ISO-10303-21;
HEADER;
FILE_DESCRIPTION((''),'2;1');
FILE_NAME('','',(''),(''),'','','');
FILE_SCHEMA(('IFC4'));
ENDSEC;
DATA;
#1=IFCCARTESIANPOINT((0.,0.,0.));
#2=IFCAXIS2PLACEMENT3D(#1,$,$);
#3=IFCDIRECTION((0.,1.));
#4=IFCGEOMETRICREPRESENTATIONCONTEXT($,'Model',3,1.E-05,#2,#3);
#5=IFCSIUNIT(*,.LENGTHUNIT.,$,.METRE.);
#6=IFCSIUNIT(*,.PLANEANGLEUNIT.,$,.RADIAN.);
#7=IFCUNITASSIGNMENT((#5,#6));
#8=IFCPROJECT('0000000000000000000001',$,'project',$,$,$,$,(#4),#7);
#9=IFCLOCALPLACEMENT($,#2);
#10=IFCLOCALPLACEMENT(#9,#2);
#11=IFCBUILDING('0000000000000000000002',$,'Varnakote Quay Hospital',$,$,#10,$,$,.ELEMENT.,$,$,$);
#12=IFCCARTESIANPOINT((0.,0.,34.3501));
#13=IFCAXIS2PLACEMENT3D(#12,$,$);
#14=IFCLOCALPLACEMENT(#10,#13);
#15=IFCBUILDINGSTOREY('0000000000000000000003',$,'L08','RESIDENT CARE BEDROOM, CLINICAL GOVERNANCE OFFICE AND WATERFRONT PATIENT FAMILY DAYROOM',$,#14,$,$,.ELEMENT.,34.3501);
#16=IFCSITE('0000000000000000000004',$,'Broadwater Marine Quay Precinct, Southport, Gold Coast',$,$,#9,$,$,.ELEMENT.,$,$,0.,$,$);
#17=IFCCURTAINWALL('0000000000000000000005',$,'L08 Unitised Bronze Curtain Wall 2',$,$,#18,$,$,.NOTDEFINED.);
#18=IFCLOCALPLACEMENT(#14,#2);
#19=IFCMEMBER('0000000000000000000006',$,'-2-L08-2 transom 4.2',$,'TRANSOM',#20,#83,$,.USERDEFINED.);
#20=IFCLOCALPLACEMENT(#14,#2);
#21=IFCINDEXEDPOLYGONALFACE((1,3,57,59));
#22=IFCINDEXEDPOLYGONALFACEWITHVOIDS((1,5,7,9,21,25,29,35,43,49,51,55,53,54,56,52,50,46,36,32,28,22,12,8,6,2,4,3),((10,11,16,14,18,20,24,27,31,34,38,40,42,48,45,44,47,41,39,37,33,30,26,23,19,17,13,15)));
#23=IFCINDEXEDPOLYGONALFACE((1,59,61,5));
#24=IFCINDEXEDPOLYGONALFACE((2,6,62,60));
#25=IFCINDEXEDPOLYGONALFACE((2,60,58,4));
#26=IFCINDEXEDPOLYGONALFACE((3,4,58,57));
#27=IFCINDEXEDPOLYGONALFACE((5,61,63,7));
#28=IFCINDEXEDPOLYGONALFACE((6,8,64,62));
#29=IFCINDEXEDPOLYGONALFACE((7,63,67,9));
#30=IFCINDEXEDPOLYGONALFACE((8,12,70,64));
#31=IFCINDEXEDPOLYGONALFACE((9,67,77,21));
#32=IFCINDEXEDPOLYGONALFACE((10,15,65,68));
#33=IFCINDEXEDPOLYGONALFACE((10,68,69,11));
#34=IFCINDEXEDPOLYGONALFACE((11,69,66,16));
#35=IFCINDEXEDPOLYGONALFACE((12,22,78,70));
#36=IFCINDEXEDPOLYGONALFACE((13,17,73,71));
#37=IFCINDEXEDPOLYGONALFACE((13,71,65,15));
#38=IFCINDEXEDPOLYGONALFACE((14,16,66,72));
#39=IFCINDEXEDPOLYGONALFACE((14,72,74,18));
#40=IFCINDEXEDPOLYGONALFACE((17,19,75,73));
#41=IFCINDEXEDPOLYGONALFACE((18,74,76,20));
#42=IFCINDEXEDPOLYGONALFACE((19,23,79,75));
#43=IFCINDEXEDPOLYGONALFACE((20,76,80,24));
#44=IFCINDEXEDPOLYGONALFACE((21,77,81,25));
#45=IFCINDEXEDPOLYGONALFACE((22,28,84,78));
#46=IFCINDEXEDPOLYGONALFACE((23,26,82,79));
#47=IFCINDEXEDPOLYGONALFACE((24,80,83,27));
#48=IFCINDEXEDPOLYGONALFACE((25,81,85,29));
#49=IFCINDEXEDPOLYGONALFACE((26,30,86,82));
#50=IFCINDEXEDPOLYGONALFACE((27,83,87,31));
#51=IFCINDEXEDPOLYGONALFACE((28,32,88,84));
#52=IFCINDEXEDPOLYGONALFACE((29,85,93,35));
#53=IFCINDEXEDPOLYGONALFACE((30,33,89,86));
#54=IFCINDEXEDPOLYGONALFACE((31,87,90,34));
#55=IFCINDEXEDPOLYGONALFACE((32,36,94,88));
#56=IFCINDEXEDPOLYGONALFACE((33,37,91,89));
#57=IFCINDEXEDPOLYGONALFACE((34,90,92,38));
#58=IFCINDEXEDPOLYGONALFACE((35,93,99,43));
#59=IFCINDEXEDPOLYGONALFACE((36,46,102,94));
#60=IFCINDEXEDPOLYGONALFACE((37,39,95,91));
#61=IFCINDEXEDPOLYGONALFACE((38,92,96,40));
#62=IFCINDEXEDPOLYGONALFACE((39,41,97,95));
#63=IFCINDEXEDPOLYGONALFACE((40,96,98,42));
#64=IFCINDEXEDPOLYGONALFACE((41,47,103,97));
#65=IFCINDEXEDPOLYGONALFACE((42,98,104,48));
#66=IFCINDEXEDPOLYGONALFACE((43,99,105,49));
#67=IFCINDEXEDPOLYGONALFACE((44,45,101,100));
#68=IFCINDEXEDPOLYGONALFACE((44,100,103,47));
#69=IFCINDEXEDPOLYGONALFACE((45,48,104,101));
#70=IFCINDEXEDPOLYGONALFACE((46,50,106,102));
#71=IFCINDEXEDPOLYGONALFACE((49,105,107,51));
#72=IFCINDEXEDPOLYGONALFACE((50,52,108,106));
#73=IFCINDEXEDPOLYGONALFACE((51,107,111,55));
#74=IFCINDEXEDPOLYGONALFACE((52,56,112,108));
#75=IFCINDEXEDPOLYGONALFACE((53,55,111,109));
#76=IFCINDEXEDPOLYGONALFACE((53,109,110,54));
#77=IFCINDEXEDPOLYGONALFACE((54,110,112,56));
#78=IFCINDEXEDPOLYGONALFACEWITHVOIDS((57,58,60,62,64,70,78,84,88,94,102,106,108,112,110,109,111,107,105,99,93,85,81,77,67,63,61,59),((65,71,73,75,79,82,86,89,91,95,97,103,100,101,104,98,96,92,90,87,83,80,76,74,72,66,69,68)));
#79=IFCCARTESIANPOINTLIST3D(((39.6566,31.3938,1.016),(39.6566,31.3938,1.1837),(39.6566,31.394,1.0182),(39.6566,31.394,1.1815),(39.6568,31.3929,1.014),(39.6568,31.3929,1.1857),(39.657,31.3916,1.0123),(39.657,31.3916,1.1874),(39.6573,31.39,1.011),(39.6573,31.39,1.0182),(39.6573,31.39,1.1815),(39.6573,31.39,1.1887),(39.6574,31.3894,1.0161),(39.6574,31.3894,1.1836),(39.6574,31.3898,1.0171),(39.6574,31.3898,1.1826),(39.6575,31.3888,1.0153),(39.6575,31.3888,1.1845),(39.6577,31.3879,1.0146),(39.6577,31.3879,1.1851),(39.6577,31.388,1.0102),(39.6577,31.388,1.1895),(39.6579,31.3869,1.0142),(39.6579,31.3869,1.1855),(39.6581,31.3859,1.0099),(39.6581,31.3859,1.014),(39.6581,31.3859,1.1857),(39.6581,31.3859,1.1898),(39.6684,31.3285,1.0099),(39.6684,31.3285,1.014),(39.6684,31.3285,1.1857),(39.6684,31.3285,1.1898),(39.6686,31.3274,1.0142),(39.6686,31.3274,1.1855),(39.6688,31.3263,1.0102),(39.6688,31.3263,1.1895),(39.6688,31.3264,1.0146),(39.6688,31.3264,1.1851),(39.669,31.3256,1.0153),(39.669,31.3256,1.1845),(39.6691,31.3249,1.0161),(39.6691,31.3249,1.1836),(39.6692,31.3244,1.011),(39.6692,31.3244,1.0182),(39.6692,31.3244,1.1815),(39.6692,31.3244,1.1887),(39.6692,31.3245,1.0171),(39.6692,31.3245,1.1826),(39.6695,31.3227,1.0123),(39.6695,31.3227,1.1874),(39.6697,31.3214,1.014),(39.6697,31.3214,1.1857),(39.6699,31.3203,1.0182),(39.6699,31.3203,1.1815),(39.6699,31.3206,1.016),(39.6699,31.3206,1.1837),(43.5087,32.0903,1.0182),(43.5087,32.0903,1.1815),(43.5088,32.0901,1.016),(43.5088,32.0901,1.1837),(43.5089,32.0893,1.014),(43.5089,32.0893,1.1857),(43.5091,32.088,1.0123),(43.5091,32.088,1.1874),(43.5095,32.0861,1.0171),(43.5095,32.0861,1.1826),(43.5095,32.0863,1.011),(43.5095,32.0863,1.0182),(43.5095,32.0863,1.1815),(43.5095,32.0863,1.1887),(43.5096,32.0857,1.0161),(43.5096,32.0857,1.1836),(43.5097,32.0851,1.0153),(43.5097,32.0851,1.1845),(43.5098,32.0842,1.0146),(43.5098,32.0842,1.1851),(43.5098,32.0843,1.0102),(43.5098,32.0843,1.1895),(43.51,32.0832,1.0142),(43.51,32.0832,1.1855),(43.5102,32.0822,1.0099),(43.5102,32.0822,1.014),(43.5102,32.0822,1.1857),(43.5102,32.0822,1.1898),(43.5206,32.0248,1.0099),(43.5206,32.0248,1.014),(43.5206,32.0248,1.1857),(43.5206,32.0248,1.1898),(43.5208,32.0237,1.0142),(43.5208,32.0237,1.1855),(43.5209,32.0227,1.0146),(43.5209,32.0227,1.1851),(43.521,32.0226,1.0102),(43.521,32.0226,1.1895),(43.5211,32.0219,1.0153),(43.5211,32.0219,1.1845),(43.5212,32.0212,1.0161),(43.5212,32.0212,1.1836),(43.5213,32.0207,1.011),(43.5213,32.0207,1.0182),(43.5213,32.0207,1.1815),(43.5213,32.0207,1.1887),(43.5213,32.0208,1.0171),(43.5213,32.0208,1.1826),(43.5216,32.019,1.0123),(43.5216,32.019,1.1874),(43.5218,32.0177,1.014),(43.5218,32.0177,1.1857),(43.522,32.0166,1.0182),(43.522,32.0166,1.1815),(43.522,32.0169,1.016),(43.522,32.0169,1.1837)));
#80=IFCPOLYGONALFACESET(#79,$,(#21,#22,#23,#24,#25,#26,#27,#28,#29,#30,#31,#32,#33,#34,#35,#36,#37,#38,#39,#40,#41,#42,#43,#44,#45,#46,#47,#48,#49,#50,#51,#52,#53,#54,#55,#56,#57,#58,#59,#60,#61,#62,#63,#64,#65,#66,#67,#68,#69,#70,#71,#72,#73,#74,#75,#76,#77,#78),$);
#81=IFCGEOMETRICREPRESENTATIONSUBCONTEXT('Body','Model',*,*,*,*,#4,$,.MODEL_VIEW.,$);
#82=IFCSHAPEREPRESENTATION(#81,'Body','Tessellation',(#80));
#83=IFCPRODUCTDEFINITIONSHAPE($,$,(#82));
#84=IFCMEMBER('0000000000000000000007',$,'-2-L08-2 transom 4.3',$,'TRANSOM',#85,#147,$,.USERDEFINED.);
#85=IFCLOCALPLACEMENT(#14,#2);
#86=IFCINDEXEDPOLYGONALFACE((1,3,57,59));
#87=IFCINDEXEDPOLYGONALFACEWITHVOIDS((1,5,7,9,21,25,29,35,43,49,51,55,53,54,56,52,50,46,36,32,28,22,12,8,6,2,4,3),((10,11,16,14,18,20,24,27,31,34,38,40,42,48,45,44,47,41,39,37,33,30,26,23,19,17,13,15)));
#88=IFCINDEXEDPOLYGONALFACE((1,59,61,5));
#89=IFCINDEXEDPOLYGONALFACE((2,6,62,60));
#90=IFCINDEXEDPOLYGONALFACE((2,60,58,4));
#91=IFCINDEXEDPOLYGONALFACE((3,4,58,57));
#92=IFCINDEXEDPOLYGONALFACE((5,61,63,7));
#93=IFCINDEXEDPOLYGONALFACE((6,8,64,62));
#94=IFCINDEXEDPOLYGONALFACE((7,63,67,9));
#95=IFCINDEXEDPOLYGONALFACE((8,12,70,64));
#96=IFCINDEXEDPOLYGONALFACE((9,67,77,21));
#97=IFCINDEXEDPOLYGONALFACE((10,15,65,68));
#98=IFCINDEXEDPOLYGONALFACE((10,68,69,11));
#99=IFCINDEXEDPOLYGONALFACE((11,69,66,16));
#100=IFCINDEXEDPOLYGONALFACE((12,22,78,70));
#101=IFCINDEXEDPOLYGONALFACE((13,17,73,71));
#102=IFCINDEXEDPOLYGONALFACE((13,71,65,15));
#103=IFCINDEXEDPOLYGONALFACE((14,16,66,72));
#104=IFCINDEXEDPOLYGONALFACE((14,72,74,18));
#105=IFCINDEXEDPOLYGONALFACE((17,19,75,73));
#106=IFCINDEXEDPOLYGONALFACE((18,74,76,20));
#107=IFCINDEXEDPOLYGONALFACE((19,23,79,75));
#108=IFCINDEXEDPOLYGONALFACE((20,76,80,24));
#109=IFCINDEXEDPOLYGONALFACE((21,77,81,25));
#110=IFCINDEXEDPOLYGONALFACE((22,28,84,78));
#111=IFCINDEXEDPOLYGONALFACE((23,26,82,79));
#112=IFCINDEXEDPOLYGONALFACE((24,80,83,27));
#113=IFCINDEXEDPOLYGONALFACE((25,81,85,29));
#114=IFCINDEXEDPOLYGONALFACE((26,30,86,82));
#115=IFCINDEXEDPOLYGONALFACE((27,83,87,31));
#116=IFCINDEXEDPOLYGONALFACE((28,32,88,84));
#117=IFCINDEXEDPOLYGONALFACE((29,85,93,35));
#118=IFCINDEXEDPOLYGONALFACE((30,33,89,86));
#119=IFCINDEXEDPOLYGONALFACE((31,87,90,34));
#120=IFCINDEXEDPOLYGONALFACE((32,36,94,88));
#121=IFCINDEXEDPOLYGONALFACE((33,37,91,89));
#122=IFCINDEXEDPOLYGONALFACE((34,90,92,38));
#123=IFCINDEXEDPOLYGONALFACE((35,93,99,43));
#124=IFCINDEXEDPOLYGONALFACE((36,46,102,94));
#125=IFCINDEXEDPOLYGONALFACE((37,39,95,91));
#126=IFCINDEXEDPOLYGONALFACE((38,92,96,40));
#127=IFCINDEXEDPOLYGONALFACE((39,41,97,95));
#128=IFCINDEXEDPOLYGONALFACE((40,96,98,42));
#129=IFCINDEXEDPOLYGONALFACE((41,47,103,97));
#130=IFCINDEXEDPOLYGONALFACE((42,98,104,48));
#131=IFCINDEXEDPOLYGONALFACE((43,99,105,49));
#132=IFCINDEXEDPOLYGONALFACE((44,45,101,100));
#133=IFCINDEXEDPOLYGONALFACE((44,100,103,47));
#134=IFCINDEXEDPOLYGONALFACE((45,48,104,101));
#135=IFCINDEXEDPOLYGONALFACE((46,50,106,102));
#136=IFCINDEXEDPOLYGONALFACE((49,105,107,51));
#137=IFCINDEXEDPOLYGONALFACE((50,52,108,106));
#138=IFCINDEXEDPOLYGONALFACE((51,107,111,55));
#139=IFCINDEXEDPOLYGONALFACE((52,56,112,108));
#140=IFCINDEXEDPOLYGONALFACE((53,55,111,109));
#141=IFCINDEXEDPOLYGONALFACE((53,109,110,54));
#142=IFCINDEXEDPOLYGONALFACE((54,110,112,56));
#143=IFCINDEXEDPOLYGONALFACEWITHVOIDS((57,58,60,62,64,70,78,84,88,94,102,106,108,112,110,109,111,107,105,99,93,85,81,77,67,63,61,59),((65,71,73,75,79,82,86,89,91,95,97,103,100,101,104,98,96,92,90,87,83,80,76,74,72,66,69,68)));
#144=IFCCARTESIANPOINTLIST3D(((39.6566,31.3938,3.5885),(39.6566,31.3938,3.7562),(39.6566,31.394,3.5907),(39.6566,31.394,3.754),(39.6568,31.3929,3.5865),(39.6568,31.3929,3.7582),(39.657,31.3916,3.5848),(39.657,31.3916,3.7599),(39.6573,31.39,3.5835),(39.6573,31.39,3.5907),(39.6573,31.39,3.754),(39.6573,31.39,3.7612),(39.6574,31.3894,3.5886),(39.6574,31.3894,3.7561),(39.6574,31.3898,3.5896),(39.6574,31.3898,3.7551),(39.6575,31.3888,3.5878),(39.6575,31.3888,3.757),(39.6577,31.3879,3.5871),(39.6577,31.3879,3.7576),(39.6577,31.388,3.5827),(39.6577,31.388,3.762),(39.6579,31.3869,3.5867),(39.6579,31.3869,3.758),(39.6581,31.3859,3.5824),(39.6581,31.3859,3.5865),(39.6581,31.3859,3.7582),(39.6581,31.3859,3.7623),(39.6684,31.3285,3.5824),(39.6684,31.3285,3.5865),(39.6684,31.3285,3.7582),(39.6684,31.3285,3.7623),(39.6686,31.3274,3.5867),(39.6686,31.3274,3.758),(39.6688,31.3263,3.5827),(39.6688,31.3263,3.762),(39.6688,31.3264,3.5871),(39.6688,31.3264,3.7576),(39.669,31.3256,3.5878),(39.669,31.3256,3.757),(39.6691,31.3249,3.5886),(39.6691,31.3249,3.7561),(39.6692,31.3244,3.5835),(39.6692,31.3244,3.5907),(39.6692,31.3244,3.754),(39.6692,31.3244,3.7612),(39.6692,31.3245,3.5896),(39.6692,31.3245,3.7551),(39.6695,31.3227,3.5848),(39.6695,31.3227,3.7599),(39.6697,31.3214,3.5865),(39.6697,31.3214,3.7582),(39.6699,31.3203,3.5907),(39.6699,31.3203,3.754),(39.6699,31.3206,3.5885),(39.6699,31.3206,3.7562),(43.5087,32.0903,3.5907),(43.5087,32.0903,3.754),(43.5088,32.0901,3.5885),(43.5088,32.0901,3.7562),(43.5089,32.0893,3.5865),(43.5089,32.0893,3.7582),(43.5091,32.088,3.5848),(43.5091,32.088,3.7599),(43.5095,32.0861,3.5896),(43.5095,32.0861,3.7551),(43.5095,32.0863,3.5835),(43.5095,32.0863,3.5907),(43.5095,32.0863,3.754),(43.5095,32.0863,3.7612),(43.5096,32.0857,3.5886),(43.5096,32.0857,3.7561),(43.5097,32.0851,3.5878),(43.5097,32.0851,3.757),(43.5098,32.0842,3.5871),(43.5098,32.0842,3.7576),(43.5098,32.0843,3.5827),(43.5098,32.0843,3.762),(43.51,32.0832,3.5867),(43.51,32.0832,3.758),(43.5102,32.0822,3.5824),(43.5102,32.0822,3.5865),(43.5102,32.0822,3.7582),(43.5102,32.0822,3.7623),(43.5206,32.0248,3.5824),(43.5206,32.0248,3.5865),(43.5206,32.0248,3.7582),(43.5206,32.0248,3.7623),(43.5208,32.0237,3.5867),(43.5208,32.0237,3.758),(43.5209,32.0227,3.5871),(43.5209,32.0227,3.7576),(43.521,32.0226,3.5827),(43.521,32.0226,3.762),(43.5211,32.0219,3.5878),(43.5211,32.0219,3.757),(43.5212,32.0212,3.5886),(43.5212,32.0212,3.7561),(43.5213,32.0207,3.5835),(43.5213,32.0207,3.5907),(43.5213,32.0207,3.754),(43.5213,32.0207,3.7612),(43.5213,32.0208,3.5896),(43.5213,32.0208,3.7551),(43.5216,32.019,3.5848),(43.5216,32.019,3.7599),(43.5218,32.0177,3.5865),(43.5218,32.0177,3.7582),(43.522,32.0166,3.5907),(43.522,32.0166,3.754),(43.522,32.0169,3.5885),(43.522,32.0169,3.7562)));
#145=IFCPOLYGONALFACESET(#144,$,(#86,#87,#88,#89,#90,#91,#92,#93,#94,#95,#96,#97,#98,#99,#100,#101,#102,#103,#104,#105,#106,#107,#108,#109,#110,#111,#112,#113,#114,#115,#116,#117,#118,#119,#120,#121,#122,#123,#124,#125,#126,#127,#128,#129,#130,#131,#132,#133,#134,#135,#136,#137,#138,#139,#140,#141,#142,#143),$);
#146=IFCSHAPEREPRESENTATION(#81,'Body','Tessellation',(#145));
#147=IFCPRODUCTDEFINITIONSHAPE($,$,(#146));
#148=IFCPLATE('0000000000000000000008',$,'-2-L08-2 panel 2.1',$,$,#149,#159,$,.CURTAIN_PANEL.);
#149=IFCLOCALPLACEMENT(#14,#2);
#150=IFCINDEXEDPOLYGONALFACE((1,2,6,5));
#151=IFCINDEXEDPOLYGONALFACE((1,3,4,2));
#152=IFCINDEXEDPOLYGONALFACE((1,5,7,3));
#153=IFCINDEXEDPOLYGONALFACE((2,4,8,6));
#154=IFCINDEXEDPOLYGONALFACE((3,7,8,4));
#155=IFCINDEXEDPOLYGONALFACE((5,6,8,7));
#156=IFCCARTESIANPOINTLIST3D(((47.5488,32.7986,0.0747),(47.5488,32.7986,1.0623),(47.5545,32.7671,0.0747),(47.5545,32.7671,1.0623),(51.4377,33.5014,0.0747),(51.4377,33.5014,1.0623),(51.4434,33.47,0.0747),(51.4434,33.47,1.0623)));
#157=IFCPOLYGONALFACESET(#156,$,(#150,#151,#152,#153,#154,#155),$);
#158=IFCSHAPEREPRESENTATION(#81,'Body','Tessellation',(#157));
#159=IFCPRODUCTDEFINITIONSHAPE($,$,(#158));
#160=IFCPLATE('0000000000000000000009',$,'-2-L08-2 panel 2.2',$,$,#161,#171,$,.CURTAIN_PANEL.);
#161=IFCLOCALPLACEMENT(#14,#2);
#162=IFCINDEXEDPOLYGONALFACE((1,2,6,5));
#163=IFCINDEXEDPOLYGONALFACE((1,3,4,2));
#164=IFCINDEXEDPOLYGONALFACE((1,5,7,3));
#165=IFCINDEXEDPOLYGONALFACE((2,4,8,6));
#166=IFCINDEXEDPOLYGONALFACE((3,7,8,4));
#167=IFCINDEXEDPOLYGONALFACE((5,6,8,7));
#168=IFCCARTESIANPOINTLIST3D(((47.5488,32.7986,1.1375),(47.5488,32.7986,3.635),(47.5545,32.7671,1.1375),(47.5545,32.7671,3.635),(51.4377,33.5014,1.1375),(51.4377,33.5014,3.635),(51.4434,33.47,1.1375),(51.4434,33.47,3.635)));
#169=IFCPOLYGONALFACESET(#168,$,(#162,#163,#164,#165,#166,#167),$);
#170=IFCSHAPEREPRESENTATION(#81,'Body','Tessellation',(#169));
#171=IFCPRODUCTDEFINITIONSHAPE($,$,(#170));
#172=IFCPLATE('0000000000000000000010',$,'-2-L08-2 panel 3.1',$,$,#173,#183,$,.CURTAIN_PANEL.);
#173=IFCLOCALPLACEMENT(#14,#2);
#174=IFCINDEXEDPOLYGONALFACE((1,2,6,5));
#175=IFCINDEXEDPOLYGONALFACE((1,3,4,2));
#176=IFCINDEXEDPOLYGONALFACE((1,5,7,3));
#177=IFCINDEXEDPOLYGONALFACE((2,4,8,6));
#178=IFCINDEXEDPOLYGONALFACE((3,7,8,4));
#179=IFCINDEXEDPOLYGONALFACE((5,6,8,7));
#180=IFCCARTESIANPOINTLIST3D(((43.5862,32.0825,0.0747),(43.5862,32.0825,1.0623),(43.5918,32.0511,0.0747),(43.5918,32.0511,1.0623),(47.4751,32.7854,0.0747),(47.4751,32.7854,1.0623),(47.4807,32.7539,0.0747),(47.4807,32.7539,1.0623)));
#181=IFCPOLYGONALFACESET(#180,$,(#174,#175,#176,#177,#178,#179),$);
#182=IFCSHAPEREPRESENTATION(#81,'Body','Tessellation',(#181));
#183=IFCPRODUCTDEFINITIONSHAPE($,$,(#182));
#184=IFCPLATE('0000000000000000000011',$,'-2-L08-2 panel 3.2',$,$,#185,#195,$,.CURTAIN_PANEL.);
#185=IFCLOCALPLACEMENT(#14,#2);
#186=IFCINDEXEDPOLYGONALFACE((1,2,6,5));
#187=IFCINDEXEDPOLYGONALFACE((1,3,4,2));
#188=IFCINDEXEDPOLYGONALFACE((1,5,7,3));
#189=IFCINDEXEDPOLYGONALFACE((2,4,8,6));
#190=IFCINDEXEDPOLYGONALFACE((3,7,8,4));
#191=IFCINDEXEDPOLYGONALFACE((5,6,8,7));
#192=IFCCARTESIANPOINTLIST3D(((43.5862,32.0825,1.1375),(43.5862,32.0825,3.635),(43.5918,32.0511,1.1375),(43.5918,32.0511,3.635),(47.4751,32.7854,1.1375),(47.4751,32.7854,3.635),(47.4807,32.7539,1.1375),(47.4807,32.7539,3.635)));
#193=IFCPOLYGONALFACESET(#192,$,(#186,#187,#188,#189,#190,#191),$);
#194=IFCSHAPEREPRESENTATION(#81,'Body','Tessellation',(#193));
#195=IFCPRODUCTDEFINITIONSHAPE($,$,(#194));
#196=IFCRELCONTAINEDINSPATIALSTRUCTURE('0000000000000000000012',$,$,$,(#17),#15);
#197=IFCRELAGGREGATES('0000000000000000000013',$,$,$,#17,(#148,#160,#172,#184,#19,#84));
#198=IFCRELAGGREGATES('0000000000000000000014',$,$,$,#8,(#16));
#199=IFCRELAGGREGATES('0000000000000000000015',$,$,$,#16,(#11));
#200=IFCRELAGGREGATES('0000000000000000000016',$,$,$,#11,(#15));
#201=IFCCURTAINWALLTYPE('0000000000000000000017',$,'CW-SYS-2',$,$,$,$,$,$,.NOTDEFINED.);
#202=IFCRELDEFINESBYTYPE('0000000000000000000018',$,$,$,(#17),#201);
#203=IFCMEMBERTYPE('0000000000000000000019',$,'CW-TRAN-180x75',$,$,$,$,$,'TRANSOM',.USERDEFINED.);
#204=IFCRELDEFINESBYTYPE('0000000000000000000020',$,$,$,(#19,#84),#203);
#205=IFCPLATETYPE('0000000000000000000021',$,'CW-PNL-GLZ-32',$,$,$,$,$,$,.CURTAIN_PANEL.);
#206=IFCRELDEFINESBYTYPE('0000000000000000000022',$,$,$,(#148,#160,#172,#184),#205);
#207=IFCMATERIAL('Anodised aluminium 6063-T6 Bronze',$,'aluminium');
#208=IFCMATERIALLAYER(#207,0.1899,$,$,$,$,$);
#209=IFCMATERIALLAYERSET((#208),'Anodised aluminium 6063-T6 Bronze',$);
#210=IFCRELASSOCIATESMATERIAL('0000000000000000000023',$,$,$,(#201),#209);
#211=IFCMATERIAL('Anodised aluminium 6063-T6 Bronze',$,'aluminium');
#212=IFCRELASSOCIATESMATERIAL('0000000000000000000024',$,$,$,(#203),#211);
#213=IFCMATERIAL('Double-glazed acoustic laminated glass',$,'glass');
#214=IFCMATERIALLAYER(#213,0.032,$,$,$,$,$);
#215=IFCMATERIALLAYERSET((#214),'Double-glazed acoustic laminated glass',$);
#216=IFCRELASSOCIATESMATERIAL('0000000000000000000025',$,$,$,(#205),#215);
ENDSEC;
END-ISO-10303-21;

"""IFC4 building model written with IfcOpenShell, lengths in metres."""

from ifc_helpers import new_model, si_unit, direction, frame, origin, origin_2d, place, context, subcontext, project, spatial, rectangle, hollow_rectangle, extrude, material, layer, layer_set, material_profile, profile_set, type_object, element, aggregate, save


model = new_model("IFC4")

# Units and contexts
model_context = context("Model", 3, precision=1e-05, world=origin(), true_north=direction((0.0, 1.0)))
body_context = subcontext(model_context, "Body", "Model", "MODEL_VIEW")
ifc_project = project(units=[si_unit("LENGTHUNIT", "METRE"), si_unit("PLANEANGLEUNIT", "RADIAN")], contexts=[model_context])

# Site, building, storey
site_placement = place(None, origin())
site = spatial("IfcSite", under=ifc_project, at=site_placement, Name="Broadwater Marine Quay Precinct, Southport, Gold Coast", CompositionType="ELEMENT", RefElevation=0.0)
building_placement = place(site_placement, origin())
building = spatial("IfcBuilding", under=site, at=building_placement, Name="Varnakote Quay Hospital", CompositionType="ELEMENT")
storey_placement = place(building_placement, frame((0.0, 0.0, 34.3501)))
storey = spatial("IfcBuildingStorey", under=building, at=storey_placement, Name="L08", Description="RESIDENT CARE BEDROOM, CLINICAL GOVERNANCE OFFICE AND WATERFRONT PATIENT FAMILY DAYROOM", CompositionType="ELEMENT", Elevation=34.3501)

# Curtain wall, members, plates
ifc_material_1 = material(Name="Anodised aluminium 6063-T6 Bronze", Category="aluminium")
ifc_layer_1 = layer(ifc_material_1, 0.1899)
ifc_layer_set_1 = layer_set([ifc_layer_1], Name="Anodised aluminium 6063-T6 Bronze")
curtain_wall_type = type_object("IfcCurtainWallType", Name="CW-SYS-2", PredefinedType="NOTDEFINED", material=ifc_layer_set_1)
curtain_wall_placement = place(storey_placement, origin())
curtain_wall = element("IfcCurtainWall", 1, at=curtain_wall_placement, inside=storey, type_object=curtain_wall_type, Name="L08 Unitised Bronze Curtain Wall 2", PredefinedType="NOTDEFINED")
ifc_material_2 = material(Name="Anodised aluminium 6063-T6 Bronze", Category="aluminium")
ifc_material_profile_1 = material_profile(ifc_material_2, hollow_rectangle(XDim=0.075, YDim=0.1799, WallThickness=0.0042, InnerFilletRadius=0.0042, OuterFilletRadius=0.0083, at=origin_2d()), Name="CW-TRAN-180x75")
ifc_profile_set_1 = profile_set([ifc_material_profile_1], Name="Anodised aluminium 6063-T6 Bronze")
member_type_1 = type_object("IfcMemberType", Name="CW-TRAN-180x75", ElementType="TRANSOM", PredefinedType="USERDEFINED", material=ifc_profile_set_1)
member_1_placement = place(storey_placement, frame((43.5154, 32.0535, 1.0999), z_axis=(-0.984053, -0.177875, 0.0), x_axis=(0.177875, -0.984053, 0.0)))
member_1 = element("IfcMember", 2, at=member_1_placement, type_object=member_type_1, Name="-2-L08-2 transom 4.2", ObjectType="TRANSOM", PredefinedType="USERDEFINED", context=body_context, shape_type="SweptSolid", body=[
    extrude(hollow_rectangle(XDim=0.075, YDim=0.1799, WallThickness=0.0042, InnerFilletRadius=0.0042, OuterFilletRadius=0.0083, at=origin_2d()), origin(), (0.0, 0.0, 1.0), 3.9146),
])
member_2_placement = place(storey_placement, frame((43.5154, 32.0535, 3.6724), z_axis=(-0.984053, -0.177875, 0.0), x_axis=(0.177875, -0.984053, 0.0)))
member_2 = element("IfcMember", 3, at=member_2_placement, type_object=member_type_1, Name="-2-L08-2 transom 4.3", ObjectType="TRANSOM", PredefinedType="USERDEFINED", context=body_context, shape_type="SweptSolid", body=[
    extrude(hollow_rectangle(XDim=0.075, YDim=0.1799, WallThickness=0.0042, InnerFilletRadius=0.0042, OuterFilletRadius=0.0083, at=origin_2d()), origin(), (0.0, 0.0, 1.0), 3.9146),
])
ifc_material_3 = material(Name="Double-glazed acoustic laminated glass", Category="glass")
ifc_layer_2 = layer(ifc_material_3, 0.032)
ifc_layer_set_2 = layer_set([ifc_layer_2], Name="Double-glazed acoustic laminated glass")
plate_type = type_object("IfcPlateType", Name="CW-PNL-GLZ-32", PredefinedType="CURTAIN_PANEL", material=ifc_layer_set_2)
plate_1_placement = place(storey_placement, frame((49.4961, 33.1343, 0.0747), z_axis=(0.0, 0.0, 1.0), x_axis=(-0.984058, -0.177846, 0.0)))
plate_1 = element("IfcPlate", 4, at=plate_1_placement, type_object=plate_type, Name="-2-L08-2 panel 2.1", PredefinedType="CURTAIN_PANEL", context=body_context, shape_type="SweptSolid", body=[
    extrude(rectangle(XDim=3.9519, YDim=0.032, at=origin_2d()), origin(), (0.0, 0.0, 1.0), 0.9875),
])
plate_2_placement = place(storey_placement, frame((49.4961, 33.1343, 1.1375), z_axis=(0.0, 0.0, 1.0), x_axis=(-0.984058, -0.177846, 0.0)))
plate_2 = element("IfcPlate", 5, at=plate_2_placement, type_object=plate_type, Name="-2-L08-2 panel 2.2", PredefinedType="CURTAIN_PANEL", context=body_context, shape_type="SweptSolid", body=[
    extrude(rectangle(XDim=3.9519, YDim=0.032, at=origin_2d()), origin(), (0.0, 0.0, 1.0), 2.4976),
])
plate_3_placement = place(storey_placement, frame((45.5334, 32.4182, 0.0747), z_axis=(0.0, 0.0, 1.0), x_axis=(-0.984058, -0.177846, 0.0)))
plate_3 = element("IfcPlate", 6, at=plate_3_placement, type_object=plate_type, Name="-2-L08-2 panel 3.1", PredefinedType="CURTAIN_PANEL", context=body_context, shape_type="SweptSolid", body=[
    extrude(rectangle(XDim=3.9519, YDim=0.032, at=origin_2d()), origin(), (0.0, 0.0, 1.0), 0.9875),
])
plate_4_placement = place(storey_placement, frame((45.5334, 32.4182, 1.1375), z_axis=(0.0, 0.0, 1.0), x_axis=(-0.984058, -0.177846, 0.0)))
plate_4 = element("IfcPlate", 7, at=plate_4_placement, type_object=plate_type, Name="-2-L08-2 panel 3.2", PredefinedType="CURTAIN_PANEL", context=body_context, shape_type="SweptSolid", body=[
    extrude(rectangle(XDim=3.9519, YDim=0.032, at=origin_2d()), origin(), (0.0, 0.0, 1.0), 2.4976),
])
aggregate(curtain_wall, [plate_1, plate_2, plate_3, plate_4, member_1, member_2])

save(model, "model.ifc")
